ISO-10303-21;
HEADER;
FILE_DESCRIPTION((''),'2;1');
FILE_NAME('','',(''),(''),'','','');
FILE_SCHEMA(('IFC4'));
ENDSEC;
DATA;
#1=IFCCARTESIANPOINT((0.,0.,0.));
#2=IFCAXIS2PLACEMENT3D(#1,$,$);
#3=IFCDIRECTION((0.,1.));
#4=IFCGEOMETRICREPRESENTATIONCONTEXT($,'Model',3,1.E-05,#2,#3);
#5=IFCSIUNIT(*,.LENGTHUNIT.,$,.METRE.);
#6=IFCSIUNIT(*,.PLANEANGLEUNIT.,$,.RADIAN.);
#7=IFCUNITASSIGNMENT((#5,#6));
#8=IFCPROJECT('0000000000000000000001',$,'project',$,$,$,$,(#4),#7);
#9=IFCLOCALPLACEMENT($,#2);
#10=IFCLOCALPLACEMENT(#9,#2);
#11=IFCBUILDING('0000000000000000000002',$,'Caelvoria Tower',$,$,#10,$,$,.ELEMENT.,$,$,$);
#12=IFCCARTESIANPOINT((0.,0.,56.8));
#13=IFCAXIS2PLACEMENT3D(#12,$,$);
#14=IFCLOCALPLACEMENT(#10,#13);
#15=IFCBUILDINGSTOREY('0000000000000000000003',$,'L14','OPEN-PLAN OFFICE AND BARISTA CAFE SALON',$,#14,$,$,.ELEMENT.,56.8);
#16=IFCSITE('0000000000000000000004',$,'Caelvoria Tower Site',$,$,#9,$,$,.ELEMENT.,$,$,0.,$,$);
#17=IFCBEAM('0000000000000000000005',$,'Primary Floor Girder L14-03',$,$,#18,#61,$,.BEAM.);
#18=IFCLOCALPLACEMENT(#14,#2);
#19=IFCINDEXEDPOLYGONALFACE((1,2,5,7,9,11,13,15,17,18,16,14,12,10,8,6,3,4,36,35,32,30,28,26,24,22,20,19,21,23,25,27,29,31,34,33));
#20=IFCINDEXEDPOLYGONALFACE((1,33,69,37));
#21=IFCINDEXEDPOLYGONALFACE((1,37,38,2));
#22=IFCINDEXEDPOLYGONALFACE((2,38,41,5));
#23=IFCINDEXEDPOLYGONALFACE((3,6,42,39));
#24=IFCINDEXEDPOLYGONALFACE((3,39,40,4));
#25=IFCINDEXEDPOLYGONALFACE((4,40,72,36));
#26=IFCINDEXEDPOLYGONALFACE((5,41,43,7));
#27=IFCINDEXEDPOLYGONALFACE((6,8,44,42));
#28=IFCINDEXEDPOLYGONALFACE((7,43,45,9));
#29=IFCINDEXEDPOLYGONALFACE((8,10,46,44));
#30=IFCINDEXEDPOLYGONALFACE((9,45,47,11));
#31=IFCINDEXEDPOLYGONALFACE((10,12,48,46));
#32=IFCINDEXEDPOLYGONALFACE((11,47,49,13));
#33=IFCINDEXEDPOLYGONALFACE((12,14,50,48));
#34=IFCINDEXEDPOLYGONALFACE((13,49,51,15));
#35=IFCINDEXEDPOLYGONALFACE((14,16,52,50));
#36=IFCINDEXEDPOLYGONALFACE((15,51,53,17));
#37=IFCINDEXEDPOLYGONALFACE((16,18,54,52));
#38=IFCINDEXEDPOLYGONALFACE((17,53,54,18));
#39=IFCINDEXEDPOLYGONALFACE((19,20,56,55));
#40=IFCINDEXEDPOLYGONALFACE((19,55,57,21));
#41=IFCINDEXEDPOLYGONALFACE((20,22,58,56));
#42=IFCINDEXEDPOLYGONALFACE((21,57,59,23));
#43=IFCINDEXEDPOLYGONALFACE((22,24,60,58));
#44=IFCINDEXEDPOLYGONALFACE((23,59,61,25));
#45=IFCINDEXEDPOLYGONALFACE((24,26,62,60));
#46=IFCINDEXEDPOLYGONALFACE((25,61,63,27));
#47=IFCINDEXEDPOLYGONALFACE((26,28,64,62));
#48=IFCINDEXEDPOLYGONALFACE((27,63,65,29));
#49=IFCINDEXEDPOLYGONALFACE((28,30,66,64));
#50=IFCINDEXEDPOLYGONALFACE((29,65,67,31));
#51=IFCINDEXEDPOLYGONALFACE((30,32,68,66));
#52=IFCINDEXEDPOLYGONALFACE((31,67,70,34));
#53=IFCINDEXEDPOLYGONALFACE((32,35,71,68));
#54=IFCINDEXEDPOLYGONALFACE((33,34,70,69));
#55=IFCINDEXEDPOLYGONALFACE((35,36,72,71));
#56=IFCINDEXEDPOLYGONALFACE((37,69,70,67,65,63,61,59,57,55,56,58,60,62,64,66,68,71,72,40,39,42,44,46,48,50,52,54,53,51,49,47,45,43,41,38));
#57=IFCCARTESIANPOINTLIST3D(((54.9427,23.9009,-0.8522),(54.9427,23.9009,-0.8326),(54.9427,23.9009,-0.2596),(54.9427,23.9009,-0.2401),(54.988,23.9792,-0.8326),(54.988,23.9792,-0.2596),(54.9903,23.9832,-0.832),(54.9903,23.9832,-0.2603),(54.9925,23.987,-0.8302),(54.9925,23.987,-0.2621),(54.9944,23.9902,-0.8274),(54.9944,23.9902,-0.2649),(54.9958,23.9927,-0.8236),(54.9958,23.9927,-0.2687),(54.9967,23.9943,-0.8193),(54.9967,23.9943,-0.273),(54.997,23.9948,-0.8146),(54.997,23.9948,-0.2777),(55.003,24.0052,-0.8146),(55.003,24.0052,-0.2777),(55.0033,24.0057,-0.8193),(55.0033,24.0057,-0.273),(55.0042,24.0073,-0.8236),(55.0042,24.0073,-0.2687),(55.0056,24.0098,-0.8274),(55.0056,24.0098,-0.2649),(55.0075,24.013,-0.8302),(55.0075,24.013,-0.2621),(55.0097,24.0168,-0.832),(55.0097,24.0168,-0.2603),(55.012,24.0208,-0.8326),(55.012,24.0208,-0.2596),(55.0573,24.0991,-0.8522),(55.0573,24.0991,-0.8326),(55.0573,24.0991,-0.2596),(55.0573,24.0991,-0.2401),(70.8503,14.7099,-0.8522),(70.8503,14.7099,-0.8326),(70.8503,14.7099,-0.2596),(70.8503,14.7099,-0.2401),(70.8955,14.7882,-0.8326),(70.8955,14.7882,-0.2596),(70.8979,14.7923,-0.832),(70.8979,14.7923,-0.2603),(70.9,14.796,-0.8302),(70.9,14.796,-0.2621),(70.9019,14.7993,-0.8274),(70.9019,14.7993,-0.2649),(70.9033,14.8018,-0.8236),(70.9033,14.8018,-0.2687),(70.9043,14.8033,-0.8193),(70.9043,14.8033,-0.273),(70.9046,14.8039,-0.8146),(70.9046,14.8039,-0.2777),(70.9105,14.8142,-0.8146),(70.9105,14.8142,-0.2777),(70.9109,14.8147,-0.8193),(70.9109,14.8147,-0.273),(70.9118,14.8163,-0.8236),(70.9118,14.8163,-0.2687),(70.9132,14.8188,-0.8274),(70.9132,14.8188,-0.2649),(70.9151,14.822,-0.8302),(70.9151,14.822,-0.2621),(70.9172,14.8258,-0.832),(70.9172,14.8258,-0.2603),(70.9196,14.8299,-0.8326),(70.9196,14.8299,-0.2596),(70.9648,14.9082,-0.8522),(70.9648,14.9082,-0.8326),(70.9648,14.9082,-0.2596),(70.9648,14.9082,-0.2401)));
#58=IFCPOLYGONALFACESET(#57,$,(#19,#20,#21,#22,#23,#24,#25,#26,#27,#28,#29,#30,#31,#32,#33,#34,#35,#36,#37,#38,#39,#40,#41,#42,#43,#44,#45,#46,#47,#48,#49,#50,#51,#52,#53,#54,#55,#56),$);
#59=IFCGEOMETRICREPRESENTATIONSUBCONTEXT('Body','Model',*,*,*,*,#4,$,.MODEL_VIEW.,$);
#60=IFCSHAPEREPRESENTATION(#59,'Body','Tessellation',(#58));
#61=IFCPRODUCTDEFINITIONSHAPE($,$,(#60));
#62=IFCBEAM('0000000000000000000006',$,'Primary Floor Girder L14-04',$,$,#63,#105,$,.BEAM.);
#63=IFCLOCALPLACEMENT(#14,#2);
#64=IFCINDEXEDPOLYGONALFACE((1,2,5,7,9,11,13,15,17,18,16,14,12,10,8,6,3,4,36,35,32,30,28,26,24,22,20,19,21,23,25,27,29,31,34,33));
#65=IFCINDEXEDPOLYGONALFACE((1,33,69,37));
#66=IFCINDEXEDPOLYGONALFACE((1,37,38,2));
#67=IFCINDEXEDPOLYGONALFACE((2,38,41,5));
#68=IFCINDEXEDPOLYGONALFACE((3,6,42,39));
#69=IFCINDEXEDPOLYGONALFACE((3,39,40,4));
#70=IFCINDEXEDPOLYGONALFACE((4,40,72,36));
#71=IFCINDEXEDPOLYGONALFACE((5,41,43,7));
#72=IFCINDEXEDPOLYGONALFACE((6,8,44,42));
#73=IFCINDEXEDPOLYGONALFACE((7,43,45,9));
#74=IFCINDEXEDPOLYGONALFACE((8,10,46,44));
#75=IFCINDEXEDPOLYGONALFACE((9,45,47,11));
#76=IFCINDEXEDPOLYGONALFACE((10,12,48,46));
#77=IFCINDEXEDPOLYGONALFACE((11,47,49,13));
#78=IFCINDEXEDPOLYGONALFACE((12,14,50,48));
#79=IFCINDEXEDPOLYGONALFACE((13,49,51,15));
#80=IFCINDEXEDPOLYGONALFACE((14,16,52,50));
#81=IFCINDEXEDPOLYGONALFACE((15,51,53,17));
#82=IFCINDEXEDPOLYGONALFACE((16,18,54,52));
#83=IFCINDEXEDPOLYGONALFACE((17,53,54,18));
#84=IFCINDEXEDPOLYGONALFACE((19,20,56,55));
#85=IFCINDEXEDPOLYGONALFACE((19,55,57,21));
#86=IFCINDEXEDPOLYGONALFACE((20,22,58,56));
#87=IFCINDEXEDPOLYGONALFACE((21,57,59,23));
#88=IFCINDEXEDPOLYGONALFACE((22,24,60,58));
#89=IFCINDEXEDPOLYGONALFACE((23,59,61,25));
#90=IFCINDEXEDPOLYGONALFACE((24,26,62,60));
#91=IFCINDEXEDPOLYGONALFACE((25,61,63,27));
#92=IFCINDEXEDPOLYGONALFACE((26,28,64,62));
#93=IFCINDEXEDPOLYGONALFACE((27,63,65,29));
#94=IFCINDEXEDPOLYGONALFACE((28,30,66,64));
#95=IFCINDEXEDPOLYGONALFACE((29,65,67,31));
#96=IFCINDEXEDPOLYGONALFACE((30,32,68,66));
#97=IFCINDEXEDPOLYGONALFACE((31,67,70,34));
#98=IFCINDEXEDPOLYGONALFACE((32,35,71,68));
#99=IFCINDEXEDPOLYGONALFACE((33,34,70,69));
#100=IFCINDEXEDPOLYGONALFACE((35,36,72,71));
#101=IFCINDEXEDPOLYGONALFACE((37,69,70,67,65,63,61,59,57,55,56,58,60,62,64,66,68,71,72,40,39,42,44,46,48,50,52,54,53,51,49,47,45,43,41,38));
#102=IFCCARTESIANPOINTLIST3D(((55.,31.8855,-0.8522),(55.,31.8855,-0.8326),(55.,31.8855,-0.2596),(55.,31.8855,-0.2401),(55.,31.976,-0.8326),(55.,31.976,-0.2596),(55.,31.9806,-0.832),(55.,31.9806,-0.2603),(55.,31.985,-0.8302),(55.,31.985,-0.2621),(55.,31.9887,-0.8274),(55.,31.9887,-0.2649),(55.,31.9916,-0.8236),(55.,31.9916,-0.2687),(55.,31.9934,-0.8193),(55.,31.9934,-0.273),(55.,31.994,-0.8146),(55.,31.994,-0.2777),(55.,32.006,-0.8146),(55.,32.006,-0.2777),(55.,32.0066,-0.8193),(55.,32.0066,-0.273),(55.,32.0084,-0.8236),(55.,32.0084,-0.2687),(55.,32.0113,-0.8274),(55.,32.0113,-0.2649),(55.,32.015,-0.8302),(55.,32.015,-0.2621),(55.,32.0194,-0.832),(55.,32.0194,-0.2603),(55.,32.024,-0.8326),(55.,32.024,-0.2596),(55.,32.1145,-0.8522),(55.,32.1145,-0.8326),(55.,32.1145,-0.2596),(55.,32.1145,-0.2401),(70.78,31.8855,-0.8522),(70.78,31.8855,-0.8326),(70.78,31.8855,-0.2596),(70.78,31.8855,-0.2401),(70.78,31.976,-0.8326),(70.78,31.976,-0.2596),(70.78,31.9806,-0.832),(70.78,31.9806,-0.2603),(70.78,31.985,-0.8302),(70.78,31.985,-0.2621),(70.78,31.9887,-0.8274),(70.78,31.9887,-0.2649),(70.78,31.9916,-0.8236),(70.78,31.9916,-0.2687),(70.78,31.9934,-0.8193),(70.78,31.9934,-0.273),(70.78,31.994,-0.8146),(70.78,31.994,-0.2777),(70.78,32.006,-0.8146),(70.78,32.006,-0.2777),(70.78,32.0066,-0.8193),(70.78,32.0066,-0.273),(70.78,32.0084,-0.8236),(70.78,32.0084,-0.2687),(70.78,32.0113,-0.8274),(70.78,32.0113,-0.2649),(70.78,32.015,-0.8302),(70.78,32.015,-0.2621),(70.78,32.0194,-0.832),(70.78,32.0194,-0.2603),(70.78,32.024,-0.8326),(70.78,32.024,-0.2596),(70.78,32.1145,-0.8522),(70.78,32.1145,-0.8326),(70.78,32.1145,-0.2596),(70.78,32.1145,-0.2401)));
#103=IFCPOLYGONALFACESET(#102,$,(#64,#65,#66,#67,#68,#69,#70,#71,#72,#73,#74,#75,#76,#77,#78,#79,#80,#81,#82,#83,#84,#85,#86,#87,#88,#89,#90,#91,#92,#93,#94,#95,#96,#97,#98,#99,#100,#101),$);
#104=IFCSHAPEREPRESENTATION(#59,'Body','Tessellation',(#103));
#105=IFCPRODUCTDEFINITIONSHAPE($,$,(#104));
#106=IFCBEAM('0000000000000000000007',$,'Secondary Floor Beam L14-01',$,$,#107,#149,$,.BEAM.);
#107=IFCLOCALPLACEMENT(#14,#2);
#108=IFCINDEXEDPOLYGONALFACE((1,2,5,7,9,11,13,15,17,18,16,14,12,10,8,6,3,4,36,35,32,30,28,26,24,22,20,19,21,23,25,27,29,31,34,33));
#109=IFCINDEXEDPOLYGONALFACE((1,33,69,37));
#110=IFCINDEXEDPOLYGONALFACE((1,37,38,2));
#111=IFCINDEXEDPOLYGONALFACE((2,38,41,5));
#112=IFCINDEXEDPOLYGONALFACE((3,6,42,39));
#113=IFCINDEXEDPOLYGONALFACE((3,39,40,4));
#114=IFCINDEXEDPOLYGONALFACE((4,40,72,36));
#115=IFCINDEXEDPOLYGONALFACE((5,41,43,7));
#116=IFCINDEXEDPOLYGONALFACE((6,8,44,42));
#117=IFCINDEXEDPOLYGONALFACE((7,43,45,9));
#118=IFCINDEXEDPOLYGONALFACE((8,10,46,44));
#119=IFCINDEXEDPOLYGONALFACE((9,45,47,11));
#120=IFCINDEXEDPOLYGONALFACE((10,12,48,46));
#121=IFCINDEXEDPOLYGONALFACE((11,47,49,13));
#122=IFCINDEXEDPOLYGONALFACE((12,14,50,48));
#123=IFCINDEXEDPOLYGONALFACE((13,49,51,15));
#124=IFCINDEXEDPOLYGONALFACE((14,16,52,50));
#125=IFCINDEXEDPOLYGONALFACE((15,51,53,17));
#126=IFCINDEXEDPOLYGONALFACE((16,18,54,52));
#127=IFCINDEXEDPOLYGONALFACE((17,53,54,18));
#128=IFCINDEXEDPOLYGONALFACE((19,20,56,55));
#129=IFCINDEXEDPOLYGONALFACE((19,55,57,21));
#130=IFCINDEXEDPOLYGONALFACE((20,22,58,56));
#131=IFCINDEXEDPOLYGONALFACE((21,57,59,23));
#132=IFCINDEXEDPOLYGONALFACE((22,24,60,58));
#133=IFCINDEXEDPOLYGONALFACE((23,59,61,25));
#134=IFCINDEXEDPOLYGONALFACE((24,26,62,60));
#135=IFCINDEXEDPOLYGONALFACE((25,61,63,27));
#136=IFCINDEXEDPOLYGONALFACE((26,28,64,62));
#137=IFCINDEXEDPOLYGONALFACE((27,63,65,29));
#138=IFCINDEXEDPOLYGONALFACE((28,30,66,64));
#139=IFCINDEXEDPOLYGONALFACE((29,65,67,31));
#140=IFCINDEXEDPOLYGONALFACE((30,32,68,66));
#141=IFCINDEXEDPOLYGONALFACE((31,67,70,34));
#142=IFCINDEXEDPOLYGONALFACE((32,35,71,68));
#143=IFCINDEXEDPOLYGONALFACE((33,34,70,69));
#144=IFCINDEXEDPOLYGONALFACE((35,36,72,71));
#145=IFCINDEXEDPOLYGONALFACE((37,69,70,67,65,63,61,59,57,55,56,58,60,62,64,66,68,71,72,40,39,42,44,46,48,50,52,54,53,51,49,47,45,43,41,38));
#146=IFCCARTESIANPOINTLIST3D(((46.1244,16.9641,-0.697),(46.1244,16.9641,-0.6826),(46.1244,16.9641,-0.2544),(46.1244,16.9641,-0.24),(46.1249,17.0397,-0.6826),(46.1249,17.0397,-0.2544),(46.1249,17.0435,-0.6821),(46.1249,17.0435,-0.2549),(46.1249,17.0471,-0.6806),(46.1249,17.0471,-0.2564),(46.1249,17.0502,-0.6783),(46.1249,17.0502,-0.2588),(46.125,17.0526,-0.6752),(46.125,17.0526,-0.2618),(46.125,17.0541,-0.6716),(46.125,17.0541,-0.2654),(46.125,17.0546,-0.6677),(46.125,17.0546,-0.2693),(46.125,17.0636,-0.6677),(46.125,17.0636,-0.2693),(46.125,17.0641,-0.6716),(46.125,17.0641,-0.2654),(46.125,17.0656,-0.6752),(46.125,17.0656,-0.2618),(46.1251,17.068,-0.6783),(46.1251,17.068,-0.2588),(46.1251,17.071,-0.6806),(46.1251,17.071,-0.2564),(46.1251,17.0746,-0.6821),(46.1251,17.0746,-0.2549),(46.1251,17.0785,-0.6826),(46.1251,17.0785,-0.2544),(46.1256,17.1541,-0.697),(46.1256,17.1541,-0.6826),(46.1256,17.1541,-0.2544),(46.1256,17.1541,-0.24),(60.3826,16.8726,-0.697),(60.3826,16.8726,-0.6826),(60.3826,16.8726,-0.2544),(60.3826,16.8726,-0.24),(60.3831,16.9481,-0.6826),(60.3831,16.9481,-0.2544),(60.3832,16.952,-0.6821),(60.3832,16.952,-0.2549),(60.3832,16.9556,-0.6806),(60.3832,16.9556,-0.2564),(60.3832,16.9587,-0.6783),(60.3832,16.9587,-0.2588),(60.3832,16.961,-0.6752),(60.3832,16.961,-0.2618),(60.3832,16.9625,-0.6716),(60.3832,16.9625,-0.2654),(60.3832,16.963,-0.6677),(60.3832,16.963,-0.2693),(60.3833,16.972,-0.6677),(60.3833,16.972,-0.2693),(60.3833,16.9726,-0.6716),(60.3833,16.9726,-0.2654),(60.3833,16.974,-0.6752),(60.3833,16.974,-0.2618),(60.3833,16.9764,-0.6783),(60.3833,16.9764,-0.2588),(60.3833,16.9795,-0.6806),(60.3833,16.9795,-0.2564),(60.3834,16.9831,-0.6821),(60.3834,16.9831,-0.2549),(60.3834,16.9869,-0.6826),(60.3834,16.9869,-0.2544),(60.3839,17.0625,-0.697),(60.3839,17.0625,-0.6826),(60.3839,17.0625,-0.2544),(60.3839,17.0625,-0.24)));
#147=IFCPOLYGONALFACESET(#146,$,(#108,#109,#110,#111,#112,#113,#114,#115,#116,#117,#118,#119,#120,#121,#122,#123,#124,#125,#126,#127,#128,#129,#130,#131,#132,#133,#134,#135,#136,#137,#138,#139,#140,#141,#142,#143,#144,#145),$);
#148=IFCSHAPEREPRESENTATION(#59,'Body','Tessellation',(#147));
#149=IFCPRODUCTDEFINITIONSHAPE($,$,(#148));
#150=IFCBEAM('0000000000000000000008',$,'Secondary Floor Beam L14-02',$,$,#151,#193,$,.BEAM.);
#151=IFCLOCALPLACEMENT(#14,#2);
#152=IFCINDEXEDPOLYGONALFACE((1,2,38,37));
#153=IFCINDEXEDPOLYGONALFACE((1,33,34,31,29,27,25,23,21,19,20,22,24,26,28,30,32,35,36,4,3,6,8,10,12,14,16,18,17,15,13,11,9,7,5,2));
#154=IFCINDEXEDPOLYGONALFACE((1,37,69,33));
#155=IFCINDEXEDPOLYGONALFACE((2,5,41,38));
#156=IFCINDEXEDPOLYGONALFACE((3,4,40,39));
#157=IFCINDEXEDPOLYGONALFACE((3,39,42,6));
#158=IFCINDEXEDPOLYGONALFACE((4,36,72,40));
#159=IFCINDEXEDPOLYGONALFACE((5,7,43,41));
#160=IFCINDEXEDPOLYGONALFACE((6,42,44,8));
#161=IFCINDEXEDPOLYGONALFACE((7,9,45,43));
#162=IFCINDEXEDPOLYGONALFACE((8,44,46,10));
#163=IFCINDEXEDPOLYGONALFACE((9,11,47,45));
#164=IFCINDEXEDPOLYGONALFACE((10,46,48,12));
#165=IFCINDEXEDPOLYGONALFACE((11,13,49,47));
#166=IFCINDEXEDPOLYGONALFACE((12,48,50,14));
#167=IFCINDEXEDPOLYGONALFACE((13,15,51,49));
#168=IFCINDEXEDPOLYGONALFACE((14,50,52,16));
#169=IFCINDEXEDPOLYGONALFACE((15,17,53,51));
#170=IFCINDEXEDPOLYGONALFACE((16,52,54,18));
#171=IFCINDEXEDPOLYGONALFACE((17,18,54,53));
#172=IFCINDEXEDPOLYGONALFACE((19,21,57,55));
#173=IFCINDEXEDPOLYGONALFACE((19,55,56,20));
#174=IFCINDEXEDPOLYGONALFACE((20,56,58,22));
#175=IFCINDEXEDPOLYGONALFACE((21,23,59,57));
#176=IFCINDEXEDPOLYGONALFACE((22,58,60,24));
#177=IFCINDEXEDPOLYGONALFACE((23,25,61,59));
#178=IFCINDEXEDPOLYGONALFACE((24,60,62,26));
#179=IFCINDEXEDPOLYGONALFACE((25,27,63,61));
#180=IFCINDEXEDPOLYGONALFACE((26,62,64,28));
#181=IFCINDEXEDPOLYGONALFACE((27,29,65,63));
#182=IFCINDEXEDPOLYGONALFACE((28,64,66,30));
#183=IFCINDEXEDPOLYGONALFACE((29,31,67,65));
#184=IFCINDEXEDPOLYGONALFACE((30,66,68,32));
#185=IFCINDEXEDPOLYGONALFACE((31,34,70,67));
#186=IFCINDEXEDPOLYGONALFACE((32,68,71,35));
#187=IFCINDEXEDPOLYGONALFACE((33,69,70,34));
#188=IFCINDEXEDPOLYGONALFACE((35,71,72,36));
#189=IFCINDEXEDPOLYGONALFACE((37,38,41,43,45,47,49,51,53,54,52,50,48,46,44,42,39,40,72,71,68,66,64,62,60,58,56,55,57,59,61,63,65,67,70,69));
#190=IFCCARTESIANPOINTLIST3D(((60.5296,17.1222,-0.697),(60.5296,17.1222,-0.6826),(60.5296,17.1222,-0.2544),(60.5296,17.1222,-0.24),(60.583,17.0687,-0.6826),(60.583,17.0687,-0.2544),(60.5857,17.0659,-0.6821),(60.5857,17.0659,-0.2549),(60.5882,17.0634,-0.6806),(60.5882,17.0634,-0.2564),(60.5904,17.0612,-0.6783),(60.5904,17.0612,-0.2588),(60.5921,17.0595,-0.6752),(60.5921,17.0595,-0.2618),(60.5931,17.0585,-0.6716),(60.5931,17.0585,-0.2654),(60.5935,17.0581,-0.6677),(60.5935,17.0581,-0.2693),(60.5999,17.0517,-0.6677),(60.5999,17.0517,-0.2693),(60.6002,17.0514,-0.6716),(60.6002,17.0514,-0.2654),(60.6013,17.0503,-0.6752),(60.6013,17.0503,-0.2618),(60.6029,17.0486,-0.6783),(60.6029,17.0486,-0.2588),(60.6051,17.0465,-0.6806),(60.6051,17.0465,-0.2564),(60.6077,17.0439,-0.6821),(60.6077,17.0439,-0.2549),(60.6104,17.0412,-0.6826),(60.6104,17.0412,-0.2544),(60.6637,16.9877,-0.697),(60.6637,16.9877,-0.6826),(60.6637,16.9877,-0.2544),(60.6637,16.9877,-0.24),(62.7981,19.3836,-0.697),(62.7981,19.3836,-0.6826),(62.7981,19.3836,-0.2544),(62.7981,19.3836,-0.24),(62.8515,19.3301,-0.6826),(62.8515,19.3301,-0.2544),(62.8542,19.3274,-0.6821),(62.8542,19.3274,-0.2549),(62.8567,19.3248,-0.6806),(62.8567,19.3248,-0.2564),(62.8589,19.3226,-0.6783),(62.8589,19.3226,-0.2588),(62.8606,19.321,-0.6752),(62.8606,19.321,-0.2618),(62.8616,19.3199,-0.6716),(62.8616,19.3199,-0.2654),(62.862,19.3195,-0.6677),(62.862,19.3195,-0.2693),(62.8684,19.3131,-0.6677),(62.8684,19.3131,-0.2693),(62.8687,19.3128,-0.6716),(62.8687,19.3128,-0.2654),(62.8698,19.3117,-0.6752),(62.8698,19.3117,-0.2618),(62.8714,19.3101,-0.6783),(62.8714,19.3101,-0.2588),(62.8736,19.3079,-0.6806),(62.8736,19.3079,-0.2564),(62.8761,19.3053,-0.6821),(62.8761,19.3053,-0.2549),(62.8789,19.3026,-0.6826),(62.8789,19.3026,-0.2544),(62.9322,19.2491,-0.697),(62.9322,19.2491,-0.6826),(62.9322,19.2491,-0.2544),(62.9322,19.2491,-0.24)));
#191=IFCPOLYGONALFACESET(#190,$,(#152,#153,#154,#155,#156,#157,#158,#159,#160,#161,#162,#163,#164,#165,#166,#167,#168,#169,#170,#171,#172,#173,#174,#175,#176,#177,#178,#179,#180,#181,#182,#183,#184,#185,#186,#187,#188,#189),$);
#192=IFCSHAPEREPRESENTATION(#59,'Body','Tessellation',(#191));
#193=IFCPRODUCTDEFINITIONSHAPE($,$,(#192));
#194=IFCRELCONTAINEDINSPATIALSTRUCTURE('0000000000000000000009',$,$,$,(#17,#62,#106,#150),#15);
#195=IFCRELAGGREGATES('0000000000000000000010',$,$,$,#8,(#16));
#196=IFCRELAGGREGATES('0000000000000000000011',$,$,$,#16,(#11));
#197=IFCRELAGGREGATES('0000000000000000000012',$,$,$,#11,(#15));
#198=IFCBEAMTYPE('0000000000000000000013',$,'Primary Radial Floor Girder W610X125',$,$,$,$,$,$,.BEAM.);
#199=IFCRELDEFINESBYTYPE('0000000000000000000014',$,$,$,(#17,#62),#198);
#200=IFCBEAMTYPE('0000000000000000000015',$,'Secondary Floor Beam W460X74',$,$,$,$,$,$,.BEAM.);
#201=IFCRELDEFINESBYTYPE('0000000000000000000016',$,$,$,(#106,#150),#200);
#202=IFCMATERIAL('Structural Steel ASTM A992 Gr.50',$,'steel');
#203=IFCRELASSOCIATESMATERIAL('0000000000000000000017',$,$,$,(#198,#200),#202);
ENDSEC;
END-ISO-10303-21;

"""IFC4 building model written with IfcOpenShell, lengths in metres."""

from ifc_helpers import new_model, si_unit, direction, frame, origin, origin_2d, place, context, subcontext, project, spatial, i_section, extrude, material, material_profile, profile_set, type_object, element, save


model = new_model("IFC4")

# Units and contexts
model_context = context("Model", 3, precision=1e-05, world=origin(), true_north=direction((0.0, 1.0)))
body_context = subcontext(model_context, "Body", "Model", "MODEL_VIEW")
ifc_project = project(units=[si_unit("LENGTHUNIT", "METRE"), si_unit("PLANEANGLEUNIT", "RADIAN")], contexts=[model_context])

# Site, building, storey
site_placement = place(None, origin())
site = spatial("IfcSite", under=ifc_project, at=site_placement, Name="Caelvoria Tower Site", CompositionType="ELEMENT", RefElevation=0.0)
building_placement = place(site_placement, origin())
building = spatial("IfcBuilding", under=site, at=building_placement, Name="Caelvoria Tower", CompositionType="ELEMENT")
storey_placement = place(building_placement, frame((0.0, 0.0, 56.8)))
storey = spatial("IfcBuildingStorey", under=building, at=storey_placement, Name="L14", Description="OPEN-PLAN OFFICE AND BARISTA CAFE SALON", CompositionType="ELEMENT", Elevation=56.8)

# Beams
ifc_material_1 = material(Name="Structural Steel ASTM A992 Gr.50", Category="steel")
ifc_material_profile_1 = material_profile(ifc_material_1, i_section(OverallWidth=0.229, OverallDepth=0.6121, WebThickness=0.012, FlangeThickness=0.0195, FilletRadius=0.0181, at=origin_2d()), Name="Structural Steel ASTM A992 Gr.50")
ifc_profile_set_1 = profile_set([ifc_material_profile_1], Name="W610X125 - Structural Steel ASTM A992 Gr.50")
beam_type_1 = type_object("IfcBeamType", Name="Primary Radial Floor Girder W610X125", PredefinedType="BEAM", material=ifc_profile_set_1)
beam_1_placement = place(storey_placement, frame((55.0, 24.0, -0.5461), z_axis=(0.865867, -0.500275, 0.0), x_axis=(0.500275, 0.865867, 0.0)))
element("IfcBeam", 1, at=beam_1_placement, inside=storey, type_object=beam_type_1, Name="Primary Floor Girder L14-03", PredefinedType="BEAM", context=body_context, shape_type="SweptSolid", body=[
    extrude(i_section(OverallWidth=0.229, OverallDepth=0.6121, WebThickness=0.012, FlangeThickness=0.0195, FilletRadius=0.0181, at=origin_2d()), origin(), (0.0, 0.0, 1.0), 18.3718),
])
beam_2_placement = place(storey_placement, frame((55.0, 32.0, -0.5461), z_axis=(1.0, 0.0, 0.0), x_axis=(0.0, 1.0, 0.0)))
element("IfcBeam", 2, at=beam_2_placement, inside=storey, type_object=beam_type_1, Name="Primary Floor Girder L14-04", PredefinedType="BEAM", context=body_context, shape_type="SweptSolid", body=[
    extrude(i_section(OverallWidth=0.229, OverallDepth=0.6121, WebThickness=0.012, FlangeThickness=0.0195, FilletRadius=0.0181, at=origin_2d()), origin(), (0.0, 0.0, 1.0), 15.78),
])
ifc_material_profile_2 = material_profile(ifc_material_1, i_section(OverallWidth=0.1899, OverallDepth=0.457, WebThickness=0.009, FlangeThickness=0.0144, FilletRadius=0.0149, at=origin_2d()), Name="Structural Steel ASTM A992 Gr.50")
ifc_profile_set_2 = profile_set([ifc_material_profile_2], Name="W460X74 - Structural Steel ASTM A992 Gr.50")
beam_type_2 = type_object("IfcBeamType", Name="Secondary Floor Beam W460X74", PredefinedType="BEAM", material=ifc_profile_set_2)
beam_3_placement = place(storey_placement, frame((46.125, 17.0591, -0.4685), z_axis=(0.999979, -0.006421, 0.0), x_axis=(0.006421, 0.999979, 0.0)))
element("IfcBeam", 3, at=beam_3_placement, inside=storey, type_object=beam_type_2, Name="Secondary Floor Beam L14-01", PredefinedType="BEAM", context=body_context, shape_type="SweptSolid", body=[
    extrude(i_section(OverallWidth=0.1899, OverallDepth=0.457, WebThickness=0.009, FlangeThickness=0.0144, FilletRadius=0.0149, at=origin_2d()), origin(), (0.0, 0.0, 1.0), 14.2585),
])
beam_4_placement = place(storey_placement, frame((60.5967, 17.0549, -0.4685), z_axis=(0.708211, 0.706001, 0.0), x_axis=(-0.706001, 0.708211, 0.0)))
element("IfcBeam", 4, at=beam_4_placement, inside=storey, type_object=beam_type_2, Name="Secondary Floor Beam L14-02", PredefinedType="BEAM", context=body_context, shape_type="SweptSolid", body=[
    extrude(i_section(OverallWidth=0.1899, OverallDepth=0.457, WebThickness=0.009, FlangeThickness=0.0144, FilletRadius=0.0149, at=origin_2d()), origin(), (0.0, 0.0, 1.0), 3.2031),
])

save(model, "model.ifc")
